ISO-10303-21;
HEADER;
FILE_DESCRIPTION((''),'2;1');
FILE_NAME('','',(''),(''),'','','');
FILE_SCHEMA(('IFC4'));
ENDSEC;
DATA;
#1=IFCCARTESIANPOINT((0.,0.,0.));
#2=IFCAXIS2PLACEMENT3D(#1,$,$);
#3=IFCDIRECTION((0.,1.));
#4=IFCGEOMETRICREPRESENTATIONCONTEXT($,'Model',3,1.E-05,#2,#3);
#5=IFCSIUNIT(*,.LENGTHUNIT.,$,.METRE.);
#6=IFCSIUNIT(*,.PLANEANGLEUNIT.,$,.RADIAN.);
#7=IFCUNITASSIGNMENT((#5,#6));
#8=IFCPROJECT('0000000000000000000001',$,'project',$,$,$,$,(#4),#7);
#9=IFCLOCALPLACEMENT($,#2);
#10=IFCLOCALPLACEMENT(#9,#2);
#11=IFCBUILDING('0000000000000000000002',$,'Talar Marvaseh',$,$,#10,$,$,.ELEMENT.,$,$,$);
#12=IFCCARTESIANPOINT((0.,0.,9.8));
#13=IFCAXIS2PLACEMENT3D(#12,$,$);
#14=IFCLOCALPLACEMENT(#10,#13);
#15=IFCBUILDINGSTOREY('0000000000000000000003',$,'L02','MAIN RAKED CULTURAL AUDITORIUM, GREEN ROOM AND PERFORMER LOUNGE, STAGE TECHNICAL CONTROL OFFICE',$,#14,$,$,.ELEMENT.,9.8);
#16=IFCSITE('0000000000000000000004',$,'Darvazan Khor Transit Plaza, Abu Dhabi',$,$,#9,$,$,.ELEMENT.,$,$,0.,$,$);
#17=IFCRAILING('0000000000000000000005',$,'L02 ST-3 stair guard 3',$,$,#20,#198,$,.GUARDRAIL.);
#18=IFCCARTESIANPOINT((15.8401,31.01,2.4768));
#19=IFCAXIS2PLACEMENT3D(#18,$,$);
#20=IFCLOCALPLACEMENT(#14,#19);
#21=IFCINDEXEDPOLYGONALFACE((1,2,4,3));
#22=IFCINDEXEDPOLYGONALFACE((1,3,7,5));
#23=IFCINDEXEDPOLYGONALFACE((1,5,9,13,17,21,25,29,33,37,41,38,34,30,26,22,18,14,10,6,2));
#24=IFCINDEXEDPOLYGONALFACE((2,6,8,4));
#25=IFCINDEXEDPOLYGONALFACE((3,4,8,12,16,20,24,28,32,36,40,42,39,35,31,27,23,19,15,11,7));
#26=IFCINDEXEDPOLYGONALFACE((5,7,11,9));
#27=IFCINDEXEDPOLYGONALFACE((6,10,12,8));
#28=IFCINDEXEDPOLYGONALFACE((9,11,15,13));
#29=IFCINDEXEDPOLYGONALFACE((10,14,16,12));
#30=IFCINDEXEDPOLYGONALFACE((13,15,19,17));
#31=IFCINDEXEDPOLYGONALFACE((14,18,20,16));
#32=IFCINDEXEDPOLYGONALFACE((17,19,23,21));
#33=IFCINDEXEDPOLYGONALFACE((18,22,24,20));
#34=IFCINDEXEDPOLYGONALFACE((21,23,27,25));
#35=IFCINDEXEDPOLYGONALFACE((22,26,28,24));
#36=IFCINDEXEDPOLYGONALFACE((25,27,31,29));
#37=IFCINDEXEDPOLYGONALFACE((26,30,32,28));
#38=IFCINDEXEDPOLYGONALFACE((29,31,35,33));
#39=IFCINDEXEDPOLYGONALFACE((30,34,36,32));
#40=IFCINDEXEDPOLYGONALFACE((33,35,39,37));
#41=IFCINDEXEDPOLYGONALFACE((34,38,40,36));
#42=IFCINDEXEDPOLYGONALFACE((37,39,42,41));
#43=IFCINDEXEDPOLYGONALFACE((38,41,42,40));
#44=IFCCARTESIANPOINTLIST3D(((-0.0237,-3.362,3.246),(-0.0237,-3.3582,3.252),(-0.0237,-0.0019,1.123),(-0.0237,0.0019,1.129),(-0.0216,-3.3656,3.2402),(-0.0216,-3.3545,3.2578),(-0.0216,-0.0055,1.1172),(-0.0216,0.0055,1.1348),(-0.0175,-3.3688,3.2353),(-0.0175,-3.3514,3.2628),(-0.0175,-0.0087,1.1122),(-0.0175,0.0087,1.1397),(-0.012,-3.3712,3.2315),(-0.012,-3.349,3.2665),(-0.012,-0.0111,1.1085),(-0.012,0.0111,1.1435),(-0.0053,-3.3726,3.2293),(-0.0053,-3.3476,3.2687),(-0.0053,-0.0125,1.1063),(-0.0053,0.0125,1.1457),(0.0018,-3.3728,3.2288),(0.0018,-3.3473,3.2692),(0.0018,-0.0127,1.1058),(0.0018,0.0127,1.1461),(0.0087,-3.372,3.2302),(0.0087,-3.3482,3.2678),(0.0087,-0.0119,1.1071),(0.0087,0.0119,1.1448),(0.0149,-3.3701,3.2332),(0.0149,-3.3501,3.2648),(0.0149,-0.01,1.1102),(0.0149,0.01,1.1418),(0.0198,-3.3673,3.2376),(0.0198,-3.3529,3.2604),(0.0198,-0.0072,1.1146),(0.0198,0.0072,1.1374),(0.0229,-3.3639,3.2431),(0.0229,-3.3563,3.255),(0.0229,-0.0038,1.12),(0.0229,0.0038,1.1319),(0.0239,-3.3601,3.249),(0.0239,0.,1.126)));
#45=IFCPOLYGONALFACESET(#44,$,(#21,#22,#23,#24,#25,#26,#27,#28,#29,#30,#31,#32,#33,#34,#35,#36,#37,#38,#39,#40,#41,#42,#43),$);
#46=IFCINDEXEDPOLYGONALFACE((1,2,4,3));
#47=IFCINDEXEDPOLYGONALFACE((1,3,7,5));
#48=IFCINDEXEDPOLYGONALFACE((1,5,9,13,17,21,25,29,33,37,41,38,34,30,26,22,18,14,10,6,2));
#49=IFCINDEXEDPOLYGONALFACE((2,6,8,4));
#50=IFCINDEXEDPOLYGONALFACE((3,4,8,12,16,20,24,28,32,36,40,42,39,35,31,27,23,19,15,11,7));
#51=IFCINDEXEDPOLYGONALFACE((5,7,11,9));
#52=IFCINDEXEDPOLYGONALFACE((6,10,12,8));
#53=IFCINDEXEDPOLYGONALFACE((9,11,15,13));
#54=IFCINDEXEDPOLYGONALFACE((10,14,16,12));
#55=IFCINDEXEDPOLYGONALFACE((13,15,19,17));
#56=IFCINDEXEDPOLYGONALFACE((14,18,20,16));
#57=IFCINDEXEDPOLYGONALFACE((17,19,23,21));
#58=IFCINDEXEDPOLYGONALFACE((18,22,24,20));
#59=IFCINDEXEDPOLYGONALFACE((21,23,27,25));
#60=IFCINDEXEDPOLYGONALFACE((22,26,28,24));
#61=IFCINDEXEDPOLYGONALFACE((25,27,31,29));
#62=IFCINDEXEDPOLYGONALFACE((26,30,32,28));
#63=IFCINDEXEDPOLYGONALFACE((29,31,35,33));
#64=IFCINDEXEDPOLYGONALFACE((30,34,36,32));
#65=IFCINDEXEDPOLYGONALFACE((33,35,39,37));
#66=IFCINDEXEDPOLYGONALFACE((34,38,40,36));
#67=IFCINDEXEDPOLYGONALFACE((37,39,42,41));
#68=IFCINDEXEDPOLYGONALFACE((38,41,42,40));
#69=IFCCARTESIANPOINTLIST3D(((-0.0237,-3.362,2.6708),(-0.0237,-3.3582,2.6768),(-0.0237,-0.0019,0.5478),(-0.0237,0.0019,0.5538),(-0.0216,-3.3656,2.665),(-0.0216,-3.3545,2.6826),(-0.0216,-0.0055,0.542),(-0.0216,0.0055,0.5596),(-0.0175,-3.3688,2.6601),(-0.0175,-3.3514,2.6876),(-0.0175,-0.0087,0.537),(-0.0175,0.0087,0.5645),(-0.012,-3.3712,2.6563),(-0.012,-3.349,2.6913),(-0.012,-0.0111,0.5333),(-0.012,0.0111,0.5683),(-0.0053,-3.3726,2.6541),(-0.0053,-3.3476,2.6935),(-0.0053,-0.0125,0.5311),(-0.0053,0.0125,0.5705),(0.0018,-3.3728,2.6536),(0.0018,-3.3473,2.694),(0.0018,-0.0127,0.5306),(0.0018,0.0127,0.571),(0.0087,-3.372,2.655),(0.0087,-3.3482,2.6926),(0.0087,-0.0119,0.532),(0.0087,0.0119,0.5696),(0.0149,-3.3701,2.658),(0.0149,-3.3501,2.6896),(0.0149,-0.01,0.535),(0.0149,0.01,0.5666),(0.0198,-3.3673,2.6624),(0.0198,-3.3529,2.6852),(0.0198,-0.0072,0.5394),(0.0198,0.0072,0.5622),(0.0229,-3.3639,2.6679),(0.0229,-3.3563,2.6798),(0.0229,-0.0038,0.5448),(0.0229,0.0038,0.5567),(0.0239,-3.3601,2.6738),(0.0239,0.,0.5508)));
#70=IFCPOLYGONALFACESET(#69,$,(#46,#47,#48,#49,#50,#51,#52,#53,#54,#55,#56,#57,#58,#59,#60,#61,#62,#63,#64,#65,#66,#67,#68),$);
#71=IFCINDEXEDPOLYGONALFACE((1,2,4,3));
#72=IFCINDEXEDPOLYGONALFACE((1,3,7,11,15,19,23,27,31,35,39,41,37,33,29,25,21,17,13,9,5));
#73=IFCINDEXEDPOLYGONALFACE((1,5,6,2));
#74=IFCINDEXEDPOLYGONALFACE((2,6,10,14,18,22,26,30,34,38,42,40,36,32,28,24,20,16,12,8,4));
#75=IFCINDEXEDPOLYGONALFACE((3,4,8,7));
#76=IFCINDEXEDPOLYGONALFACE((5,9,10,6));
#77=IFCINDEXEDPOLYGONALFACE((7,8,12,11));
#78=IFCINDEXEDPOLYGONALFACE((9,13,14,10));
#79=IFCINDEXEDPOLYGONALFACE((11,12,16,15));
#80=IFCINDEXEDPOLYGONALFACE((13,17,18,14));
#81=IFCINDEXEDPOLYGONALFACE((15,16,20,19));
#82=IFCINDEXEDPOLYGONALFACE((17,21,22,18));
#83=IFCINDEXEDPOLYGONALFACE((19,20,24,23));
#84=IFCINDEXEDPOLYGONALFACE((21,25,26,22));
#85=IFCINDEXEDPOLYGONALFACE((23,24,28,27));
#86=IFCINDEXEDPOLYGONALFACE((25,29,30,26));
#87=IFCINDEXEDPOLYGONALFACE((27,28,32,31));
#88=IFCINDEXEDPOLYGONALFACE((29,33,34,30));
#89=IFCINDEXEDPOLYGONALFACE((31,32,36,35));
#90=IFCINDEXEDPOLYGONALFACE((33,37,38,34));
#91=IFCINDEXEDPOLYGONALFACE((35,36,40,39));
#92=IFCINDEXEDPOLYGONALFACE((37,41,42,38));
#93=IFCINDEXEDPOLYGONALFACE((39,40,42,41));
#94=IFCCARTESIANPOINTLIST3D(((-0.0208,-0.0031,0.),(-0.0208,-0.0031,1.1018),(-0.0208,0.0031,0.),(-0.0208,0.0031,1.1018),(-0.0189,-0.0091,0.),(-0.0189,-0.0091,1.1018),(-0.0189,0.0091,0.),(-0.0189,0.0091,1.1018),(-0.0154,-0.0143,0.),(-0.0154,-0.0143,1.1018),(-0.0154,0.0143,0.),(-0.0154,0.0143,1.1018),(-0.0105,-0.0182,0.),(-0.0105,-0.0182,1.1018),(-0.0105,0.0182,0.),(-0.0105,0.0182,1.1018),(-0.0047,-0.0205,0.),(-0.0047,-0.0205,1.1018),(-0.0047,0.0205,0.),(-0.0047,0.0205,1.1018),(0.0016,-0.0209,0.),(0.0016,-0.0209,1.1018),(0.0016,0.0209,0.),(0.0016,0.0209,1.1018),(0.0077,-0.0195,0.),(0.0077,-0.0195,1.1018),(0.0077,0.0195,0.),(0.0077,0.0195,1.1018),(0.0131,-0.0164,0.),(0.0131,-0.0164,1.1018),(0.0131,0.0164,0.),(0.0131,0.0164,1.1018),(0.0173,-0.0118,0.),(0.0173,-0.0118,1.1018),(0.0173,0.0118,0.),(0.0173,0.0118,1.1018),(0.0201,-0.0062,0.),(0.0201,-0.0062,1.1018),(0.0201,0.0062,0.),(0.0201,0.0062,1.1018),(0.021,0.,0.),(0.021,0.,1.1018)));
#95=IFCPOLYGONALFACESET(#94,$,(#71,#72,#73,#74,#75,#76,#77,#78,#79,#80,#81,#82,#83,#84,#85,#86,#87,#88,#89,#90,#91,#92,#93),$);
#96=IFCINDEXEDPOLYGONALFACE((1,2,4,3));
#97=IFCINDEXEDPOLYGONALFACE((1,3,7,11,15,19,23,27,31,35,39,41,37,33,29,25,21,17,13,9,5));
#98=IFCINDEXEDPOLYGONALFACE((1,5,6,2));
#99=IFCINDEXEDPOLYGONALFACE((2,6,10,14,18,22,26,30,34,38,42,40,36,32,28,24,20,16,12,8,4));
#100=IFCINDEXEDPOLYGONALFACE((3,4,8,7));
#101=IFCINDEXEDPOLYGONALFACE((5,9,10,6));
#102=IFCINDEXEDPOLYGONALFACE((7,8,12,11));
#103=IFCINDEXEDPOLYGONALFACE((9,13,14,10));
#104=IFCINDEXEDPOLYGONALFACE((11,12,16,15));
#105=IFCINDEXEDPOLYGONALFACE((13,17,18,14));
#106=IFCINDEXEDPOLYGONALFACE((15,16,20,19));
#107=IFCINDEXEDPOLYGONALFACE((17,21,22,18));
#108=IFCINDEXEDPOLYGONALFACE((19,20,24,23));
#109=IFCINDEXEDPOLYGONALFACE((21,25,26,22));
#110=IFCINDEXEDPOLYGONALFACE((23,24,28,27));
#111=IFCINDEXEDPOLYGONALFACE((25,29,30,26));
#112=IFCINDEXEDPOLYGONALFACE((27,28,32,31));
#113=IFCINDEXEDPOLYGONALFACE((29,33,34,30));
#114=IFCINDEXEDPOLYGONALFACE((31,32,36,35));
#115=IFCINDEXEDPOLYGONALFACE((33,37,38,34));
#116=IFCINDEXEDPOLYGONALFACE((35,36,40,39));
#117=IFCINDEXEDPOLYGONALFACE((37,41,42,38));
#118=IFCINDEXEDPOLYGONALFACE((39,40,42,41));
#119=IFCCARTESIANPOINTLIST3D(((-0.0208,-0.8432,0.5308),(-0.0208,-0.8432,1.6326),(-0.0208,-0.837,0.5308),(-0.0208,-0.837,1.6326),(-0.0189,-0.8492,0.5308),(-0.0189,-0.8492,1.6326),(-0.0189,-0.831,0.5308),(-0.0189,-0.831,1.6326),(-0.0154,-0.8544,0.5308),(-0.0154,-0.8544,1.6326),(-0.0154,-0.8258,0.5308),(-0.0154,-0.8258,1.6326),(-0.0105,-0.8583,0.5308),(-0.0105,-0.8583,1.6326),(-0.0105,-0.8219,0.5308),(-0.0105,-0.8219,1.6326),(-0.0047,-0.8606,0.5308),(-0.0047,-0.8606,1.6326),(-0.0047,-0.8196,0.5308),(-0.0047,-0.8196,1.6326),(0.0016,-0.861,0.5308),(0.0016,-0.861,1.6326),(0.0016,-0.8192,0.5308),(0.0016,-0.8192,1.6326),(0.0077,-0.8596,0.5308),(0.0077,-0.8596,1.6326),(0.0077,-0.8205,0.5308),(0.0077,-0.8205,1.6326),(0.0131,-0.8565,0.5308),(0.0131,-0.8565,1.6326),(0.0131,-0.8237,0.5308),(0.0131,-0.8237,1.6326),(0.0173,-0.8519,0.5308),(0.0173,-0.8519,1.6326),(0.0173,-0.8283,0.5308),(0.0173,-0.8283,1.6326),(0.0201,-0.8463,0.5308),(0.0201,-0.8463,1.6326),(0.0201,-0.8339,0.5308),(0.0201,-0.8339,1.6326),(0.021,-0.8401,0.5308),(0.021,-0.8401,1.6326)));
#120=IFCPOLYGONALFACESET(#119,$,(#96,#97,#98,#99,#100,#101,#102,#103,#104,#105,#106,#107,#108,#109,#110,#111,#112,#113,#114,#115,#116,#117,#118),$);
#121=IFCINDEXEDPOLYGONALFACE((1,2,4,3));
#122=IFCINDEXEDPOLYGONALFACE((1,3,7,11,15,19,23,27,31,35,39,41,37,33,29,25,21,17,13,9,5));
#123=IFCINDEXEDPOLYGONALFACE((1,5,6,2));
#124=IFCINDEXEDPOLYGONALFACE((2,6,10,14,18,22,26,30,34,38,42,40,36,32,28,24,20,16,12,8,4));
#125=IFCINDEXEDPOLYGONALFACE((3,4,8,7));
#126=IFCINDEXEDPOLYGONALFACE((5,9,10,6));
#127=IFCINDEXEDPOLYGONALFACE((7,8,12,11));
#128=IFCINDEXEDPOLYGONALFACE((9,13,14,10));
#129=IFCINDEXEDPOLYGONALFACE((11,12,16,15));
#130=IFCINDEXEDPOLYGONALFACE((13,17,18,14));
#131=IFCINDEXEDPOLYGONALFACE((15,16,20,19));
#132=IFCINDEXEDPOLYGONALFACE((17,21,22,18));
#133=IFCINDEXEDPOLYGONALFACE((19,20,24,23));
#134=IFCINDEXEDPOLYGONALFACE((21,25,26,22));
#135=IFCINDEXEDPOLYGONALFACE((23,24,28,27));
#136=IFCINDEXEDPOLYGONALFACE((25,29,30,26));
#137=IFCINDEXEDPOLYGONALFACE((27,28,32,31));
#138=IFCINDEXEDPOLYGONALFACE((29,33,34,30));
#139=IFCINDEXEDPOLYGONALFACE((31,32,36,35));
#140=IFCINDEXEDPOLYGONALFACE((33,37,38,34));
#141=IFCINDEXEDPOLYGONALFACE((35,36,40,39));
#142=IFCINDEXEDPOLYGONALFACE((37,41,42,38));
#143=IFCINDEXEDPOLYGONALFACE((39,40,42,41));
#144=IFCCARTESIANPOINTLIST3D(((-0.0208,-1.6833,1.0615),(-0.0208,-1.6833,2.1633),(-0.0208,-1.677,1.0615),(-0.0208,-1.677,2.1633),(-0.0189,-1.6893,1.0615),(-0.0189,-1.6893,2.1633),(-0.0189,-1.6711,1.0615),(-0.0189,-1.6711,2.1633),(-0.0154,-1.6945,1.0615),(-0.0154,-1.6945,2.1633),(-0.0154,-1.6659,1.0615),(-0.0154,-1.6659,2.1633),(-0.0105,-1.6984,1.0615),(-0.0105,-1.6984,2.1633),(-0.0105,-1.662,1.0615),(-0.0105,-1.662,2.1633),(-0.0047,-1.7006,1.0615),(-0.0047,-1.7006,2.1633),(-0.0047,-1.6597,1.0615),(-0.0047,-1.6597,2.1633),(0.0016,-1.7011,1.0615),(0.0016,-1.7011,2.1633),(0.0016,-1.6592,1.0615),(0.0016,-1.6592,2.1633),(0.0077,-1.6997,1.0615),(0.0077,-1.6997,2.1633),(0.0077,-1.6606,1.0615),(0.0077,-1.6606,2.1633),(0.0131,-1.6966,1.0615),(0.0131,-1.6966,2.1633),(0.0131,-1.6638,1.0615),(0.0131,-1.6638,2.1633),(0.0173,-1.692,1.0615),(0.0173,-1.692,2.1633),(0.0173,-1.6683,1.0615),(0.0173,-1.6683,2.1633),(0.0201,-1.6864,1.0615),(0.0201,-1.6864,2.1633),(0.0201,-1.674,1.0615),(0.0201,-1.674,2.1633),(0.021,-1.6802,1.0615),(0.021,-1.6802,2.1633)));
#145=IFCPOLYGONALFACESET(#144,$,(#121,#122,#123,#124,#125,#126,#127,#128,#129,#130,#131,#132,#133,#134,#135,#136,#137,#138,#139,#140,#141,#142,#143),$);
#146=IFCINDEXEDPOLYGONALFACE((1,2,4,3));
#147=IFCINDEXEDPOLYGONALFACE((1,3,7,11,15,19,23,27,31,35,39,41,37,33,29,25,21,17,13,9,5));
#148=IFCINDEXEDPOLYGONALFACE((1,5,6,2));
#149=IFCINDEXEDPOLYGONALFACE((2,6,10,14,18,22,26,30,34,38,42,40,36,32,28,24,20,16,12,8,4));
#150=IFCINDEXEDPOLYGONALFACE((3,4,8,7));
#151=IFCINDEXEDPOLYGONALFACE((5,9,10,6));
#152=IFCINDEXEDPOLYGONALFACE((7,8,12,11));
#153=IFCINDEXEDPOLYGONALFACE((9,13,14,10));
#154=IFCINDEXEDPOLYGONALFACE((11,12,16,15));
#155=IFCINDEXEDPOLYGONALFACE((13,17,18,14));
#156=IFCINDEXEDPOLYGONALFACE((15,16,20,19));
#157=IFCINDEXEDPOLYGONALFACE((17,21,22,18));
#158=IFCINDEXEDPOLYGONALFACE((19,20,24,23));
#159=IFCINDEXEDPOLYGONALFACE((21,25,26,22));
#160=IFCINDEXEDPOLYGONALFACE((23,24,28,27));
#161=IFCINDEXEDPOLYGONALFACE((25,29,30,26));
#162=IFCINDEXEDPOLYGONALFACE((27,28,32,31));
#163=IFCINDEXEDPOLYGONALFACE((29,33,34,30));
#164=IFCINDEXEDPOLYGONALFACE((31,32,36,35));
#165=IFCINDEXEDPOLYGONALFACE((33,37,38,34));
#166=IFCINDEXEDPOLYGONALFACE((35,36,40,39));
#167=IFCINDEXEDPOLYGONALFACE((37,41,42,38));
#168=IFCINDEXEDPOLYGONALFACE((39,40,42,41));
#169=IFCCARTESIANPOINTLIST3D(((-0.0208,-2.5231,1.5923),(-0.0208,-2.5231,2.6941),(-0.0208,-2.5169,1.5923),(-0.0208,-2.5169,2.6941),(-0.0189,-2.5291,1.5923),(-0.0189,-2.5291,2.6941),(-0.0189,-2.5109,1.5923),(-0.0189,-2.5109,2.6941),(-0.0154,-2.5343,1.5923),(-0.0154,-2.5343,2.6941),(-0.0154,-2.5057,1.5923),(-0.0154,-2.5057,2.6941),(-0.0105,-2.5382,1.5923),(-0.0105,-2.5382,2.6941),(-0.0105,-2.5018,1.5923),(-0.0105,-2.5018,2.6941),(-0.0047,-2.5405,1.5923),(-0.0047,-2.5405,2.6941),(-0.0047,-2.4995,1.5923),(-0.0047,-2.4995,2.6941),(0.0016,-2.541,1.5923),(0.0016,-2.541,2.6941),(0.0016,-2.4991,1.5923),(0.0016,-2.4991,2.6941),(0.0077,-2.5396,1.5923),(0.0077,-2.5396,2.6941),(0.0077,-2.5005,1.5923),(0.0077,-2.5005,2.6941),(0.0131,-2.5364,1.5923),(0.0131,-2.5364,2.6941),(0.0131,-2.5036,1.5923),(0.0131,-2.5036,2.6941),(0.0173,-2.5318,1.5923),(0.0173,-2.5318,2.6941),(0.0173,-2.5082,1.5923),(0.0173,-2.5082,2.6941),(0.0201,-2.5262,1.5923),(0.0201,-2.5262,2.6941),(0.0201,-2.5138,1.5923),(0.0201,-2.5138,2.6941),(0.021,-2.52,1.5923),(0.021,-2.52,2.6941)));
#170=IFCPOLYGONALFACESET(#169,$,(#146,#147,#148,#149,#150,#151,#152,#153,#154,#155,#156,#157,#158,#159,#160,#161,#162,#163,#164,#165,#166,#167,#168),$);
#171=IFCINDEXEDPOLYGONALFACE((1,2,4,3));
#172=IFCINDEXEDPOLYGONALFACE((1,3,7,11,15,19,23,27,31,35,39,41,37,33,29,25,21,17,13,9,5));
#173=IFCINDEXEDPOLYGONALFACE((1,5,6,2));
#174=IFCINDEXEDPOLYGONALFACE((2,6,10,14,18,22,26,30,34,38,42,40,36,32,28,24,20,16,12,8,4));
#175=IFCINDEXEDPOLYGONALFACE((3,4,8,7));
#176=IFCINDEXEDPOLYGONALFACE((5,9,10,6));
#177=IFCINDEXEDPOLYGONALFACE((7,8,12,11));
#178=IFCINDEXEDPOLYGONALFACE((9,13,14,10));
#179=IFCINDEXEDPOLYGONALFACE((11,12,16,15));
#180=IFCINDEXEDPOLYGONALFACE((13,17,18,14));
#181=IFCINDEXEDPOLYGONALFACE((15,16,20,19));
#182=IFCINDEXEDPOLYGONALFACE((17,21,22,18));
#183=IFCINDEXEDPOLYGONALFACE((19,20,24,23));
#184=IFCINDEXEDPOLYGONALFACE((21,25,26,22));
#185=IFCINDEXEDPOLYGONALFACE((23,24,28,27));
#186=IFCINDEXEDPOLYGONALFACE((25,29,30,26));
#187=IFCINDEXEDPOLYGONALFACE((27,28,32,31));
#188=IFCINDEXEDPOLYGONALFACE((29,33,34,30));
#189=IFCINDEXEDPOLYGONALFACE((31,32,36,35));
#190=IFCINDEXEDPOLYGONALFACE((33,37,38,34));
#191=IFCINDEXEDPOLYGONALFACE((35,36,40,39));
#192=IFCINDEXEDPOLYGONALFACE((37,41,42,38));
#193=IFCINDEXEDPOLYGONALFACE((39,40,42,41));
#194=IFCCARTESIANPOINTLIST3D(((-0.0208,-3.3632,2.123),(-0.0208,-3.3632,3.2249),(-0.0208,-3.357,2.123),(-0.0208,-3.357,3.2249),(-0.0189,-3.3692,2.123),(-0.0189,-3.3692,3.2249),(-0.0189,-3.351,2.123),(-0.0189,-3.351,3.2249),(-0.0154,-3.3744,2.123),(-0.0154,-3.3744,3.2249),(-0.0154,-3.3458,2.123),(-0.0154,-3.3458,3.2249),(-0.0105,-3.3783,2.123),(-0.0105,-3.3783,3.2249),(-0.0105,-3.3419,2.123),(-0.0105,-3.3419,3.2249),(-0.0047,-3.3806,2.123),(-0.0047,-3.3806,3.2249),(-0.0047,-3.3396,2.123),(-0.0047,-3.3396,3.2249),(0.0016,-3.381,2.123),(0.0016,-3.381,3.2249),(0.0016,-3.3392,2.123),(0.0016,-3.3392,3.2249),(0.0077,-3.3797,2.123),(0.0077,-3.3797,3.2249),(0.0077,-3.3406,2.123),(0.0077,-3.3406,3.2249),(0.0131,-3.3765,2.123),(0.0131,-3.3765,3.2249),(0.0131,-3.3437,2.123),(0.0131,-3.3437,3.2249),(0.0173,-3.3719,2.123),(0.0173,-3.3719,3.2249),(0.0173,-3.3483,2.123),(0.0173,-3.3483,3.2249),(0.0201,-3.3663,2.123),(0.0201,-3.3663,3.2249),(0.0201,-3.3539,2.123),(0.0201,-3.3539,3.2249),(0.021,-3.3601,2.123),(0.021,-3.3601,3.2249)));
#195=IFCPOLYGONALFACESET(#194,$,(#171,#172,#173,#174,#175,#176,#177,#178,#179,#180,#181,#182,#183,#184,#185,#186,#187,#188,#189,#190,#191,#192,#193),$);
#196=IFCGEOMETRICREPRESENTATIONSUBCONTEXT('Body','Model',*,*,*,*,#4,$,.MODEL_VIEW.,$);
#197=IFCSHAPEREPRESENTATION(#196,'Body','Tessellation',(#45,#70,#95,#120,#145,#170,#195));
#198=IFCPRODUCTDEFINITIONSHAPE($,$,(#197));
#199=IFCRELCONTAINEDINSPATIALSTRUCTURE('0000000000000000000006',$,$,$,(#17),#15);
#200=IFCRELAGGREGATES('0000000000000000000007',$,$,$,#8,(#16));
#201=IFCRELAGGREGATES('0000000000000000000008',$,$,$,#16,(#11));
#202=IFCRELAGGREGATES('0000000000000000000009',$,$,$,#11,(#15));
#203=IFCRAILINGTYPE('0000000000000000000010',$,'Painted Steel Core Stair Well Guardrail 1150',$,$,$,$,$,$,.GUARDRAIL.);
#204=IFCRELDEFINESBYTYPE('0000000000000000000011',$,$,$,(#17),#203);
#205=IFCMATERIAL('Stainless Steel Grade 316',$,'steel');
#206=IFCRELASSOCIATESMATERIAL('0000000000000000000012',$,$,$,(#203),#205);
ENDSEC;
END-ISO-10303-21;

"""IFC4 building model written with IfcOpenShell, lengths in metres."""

from ifc_helpers import new_model, si_unit, direction, frame, origin, origin_2d, place, context, subcontext, project, spatial, circle, extrude, material, type_object, element, save


model = new_model("IFC4")

# Units and contexts
model_context = context("Model", 3, precision=1e-05, world=origin(), true_north=direction((0.0, 1.0)))
body_context = subcontext(model_context, "Body", "Model", "MODEL_VIEW")
ifc_project = project(units=[si_unit("LENGTHUNIT", "METRE"), si_unit("PLANEANGLEUNIT", "RADIAN")], contexts=[model_context])

# Site, building, storey
site_placement = place(None, origin())
site = spatial("IfcSite", under=ifc_project, at=site_placement, Name="Darvazan Khor Transit Plaza, Abu Dhabi", CompositionType="ELEMENT", RefElevation=0.0)
building_placement = place(site_placement, origin())
building = spatial("IfcBuilding", under=site, at=building_placement, Name="Talar Marvaseh", CompositionType="ELEMENT")
storey_placement = place(building_placement, frame((0.0, 0.0, 9.8)))
storey = spatial("IfcBuildingStorey", under=building, at=storey_placement, Name="L02", Description="MAIN RAKED CULTURAL AUDITORIUM, GREEN ROOM AND PERFORMER LOUNGE, STAGE TECHNICAL CONTROL OFFICE", CompositionType="ELEMENT", Elevation=9.8)

# Railing
ifc_material_1 = material(Name="Stainless Steel Grade 316", Category="steel")
railing_type_1 = type_object("IfcRailingType", Name="Painted Steel Core Stair Well Guardrail 1150", PredefinedType="GUARDRAIL", material=ifc_material_1)
railing_1_placement = place(storey_placement, frame((15.8401, 31.01, 2.4768)))
element("IfcRailing", 1, at=railing_1_placement, inside=storey, type_object=railing_type_1, Name="L02 ST-3 stair guard 3", PredefinedType="GUARDRAIL", context=body_context, shape_type="SweptSolid", body=[
    extrude(circle(Radius=0.0239, at=origin_2d()), frame((0.0, 0.0, 1.126), z_axis=(0.0, -0.84539, 0.53415), x_axis=(1.0, 0.0, 0.0)), (0.0, 0.0, 1.0), 3.9746),
    extrude(circle(Radius=0.0239, at=origin_2d()), frame((0.0, 0.0, 0.5508), z_axis=(0.0, -0.84539, 0.53415), x_axis=(1.0, 0.0, 0.0)), (0.0, 0.0, 1.0), 3.9746),
    extrude(circle(Radius=0.021, at=origin_2d()), origin(), (0.0, 0.0, 1.0), 1.1018),
    extrude(circle(Radius=0.021, at=origin_2d()), frame((0.0, -0.8401, 0.5308)), (0.0, 0.0, 1.0), 1.1018),
    extrude(circle(Radius=0.021, at=origin_2d()), frame((0.0, -1.6802, 1.0615)), (0.0, 0.0, 1.0), 1.1018),
    extrude(circle(Radius=0.021, at=origin_2d()), frame((0.0, -2.52, 1.5923)), (0.0, 0.0, 1.0), 1.1018),
    extrude(circle(Radius=0.021, at=origin_2d()), frame((0.0, -3.3601, 2.123)), (0.0, 0.0, 1.0), 1.1018),
])

save(model, "model.ifc")
